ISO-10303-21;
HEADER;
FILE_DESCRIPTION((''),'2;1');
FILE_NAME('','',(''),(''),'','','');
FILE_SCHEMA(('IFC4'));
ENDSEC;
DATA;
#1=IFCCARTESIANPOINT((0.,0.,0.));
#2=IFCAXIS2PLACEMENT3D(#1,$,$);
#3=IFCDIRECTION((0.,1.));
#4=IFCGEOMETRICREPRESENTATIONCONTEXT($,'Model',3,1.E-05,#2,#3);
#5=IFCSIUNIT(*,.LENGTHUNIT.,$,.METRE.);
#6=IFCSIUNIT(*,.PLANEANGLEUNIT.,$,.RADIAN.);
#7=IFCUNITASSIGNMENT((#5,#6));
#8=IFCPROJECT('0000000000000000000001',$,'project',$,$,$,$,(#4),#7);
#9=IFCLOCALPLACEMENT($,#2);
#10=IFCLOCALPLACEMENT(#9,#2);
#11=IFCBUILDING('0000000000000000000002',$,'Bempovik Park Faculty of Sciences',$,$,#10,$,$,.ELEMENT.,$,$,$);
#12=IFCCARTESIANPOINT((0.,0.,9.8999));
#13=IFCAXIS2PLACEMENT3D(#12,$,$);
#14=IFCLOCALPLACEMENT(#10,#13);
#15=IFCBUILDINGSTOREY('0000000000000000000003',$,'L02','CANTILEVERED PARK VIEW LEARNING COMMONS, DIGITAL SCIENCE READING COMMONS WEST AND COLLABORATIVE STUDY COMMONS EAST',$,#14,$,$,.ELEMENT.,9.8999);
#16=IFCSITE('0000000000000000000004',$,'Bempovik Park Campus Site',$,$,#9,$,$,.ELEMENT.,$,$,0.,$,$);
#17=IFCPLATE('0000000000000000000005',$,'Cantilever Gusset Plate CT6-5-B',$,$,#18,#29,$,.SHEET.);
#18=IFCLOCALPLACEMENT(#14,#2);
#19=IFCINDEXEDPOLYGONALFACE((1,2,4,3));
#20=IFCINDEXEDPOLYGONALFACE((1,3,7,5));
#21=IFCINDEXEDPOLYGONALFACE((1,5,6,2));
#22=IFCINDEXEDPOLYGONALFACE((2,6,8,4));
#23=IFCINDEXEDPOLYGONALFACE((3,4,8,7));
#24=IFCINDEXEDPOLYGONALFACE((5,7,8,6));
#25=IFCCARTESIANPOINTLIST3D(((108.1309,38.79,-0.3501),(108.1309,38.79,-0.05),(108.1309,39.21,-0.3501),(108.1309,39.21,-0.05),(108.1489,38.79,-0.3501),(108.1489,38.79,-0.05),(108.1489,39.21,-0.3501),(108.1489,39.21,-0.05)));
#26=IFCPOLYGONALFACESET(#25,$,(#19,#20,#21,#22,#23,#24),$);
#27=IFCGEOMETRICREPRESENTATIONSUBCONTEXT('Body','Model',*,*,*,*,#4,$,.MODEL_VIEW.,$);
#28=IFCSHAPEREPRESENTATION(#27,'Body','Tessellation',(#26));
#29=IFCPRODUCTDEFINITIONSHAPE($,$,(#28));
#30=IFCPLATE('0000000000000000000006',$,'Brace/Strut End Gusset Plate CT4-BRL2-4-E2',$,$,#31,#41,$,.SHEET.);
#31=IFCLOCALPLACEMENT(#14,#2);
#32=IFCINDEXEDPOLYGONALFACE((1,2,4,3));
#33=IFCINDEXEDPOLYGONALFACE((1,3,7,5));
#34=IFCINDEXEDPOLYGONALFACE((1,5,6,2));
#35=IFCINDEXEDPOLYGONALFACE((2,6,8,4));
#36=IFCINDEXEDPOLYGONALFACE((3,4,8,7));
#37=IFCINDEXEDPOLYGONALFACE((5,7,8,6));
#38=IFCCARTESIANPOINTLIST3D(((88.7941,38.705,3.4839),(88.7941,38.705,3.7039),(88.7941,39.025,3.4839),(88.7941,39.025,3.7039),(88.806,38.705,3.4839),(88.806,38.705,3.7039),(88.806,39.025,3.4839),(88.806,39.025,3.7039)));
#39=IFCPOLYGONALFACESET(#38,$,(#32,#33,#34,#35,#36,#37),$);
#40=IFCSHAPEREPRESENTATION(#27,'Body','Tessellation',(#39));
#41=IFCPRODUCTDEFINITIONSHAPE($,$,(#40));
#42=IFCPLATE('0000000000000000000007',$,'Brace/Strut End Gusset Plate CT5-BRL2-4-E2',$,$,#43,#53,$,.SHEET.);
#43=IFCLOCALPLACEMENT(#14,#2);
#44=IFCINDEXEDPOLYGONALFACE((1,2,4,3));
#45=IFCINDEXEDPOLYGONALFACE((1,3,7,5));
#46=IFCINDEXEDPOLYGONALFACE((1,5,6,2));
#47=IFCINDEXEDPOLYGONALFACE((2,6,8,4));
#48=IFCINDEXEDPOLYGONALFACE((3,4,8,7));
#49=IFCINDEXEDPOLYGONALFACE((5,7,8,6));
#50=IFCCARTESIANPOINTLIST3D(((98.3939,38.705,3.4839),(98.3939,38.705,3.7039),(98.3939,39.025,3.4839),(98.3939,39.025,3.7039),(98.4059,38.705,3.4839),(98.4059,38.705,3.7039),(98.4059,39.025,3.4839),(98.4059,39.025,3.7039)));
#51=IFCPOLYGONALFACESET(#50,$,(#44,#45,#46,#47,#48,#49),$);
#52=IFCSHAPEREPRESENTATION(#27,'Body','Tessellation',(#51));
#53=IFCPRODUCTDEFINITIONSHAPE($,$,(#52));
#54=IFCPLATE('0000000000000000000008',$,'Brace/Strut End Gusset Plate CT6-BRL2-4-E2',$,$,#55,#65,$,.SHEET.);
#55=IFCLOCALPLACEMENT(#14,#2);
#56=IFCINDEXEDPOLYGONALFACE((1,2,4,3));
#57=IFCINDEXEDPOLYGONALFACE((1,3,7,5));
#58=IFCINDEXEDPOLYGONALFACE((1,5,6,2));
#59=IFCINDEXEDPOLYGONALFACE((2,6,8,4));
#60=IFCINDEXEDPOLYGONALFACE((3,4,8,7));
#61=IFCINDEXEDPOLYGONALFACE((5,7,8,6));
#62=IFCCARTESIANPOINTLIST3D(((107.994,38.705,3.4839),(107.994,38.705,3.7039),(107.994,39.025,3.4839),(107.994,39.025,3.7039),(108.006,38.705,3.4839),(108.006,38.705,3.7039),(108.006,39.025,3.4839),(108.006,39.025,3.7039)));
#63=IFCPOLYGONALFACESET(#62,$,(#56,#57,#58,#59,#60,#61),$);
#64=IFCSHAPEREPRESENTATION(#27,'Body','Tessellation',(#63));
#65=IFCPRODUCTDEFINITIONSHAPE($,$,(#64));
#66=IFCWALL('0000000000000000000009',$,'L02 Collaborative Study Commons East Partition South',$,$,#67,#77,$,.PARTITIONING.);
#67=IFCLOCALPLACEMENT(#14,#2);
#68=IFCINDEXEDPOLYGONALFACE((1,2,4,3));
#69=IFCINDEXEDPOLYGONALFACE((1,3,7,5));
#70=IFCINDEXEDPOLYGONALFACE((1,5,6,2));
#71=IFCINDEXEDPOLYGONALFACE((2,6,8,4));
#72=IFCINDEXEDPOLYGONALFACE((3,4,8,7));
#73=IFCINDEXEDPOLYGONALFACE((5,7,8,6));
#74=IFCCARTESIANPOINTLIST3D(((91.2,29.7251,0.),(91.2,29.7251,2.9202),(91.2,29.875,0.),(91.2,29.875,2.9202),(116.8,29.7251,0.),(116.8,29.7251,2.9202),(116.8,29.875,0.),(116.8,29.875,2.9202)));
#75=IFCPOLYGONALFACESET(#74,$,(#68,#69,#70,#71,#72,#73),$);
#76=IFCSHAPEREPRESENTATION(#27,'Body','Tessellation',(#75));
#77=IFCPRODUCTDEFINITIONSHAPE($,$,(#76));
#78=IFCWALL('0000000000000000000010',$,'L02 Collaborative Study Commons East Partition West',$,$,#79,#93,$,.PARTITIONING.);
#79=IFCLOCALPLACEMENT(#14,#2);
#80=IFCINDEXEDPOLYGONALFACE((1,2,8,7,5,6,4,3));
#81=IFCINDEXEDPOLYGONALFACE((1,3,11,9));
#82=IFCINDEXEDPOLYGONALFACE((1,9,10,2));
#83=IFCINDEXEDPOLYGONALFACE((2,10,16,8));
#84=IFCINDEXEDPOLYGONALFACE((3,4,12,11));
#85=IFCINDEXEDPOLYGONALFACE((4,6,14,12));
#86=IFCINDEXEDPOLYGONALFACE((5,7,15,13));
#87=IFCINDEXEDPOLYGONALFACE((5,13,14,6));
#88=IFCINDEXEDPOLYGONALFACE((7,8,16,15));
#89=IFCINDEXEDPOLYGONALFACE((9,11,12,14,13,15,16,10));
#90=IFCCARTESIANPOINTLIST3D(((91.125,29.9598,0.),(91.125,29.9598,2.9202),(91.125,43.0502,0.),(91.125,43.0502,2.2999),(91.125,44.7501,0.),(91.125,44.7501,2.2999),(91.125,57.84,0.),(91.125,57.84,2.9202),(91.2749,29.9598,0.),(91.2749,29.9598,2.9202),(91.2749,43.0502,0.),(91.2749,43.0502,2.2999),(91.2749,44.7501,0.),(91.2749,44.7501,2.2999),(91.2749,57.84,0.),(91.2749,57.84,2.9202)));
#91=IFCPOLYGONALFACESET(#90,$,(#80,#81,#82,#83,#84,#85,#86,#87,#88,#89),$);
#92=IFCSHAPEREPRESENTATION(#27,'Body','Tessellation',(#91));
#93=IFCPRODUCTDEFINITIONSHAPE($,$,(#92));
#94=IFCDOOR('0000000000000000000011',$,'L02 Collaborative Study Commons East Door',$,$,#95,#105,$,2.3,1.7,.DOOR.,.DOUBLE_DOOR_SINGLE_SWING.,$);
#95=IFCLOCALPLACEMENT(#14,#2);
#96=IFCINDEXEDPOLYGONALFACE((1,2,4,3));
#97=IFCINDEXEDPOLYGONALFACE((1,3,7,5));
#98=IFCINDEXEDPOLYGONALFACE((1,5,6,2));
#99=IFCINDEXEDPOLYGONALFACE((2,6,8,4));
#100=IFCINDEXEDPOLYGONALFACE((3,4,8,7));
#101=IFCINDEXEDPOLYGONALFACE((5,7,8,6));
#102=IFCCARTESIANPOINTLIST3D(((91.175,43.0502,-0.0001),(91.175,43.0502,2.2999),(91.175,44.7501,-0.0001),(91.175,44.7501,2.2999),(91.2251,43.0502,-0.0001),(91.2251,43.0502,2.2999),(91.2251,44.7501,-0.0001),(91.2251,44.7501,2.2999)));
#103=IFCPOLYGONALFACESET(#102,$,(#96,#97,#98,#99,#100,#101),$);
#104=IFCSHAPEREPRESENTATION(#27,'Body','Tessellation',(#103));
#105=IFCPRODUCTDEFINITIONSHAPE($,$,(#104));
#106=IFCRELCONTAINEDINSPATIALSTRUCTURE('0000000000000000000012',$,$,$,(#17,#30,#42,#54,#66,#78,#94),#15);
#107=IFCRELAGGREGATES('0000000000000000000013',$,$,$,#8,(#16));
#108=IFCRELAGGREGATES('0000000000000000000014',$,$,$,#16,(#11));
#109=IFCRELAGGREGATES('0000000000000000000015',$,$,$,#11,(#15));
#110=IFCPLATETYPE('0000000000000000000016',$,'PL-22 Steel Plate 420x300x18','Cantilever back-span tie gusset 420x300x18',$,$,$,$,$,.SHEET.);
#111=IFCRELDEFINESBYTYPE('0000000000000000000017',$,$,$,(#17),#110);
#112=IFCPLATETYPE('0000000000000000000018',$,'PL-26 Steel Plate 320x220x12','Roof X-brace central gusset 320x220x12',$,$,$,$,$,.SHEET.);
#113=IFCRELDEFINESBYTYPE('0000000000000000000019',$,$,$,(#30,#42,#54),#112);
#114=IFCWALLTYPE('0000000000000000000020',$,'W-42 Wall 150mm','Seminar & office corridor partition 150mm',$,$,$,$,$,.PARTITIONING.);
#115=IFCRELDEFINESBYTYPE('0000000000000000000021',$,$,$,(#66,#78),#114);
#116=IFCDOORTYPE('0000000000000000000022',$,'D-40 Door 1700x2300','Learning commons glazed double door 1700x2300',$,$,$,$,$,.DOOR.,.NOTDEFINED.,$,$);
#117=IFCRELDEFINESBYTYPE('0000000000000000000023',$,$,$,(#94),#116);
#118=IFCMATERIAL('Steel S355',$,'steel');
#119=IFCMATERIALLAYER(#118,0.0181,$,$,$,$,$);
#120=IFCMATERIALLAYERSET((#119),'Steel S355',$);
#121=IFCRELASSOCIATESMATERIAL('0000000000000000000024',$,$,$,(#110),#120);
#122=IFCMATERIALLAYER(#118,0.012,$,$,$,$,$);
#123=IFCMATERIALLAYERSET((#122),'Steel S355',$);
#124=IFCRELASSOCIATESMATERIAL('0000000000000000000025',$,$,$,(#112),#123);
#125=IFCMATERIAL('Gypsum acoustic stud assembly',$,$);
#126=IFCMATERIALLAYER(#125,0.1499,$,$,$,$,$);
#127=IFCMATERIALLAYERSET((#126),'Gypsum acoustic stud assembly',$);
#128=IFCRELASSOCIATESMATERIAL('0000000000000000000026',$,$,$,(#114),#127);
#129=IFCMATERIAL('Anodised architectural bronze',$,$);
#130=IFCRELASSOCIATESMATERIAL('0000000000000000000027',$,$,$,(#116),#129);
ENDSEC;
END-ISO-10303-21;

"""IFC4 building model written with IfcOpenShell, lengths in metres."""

from ifc_helpers import new_model, si_unit, direction, frame, frame_2d, origin, origin_2d, place, context, subcontext, project, spatial, rectangle, extrude, material, layer, layer_set, type_object, element, fill, save


model = new_model("IFC4")

# Units and contexts
model_context = context("Model", 3, precision=1e-05, world=origin(), true_north=direction((0.0, 1.0)))
body_context = subcontext(model_context, "Body", "Model", "MODEL_VIEW")
ifc_project = project(units=[si_unit("LENGTHUNIT", "METRE"), si_unit("PLANEANGLEUNIT", "RADIAN")], contexts=[model_context])

# Site, building, storey
site_placement = place(None, origin())
site = spatial("IfcSite", under=ifc_project, at=site_placement, Name="Bempovik Park Campus Site", CompositionType="ELEMENT", RefElevation=0.0)
building_placement = place(site_placement, origin())
building = spatial("IfcBuilding", under=site, at=building_placement, Name="Bempovik Park Faculty of Sciences", CompositionType="ELEMENT")
storey_placement = place(building_placement, frame((0.0, 0.0, 9.8999)))
storey = spatial("IfcBuildingStorey", under=building, at=storey_placement, Name="L02", Description="CANTILEVERED PARK VIEW LEARNING COMMONS, DIGITAL SCIENCE READING COMMONS WEST AND COLLABORATIVE STUDY COMMONS EAST", CompositionType="ELEMENT", Elevation=9.8999)

# Shared definitions
ifc_material_1 = material(Name="Steel S355", Category="steel")

# Plates
ifc_layer_1 = layer(ifc_material_1, 0.0181)
ifc_layer_set_1 = layer_set([ifc_layer_1], Name="Steel S355")
plate_type_1 = type_object("IfcPlateType", Name="PL-22 Steel Plate 420x300x18", Description="Cantilever back-span tie gusset 420x300x18", PredefinedType="SHEET", material=ifc_layer_set_1)
for number, where, z_axis, x_axis, name in (
    (1, (108.1399, 39.0, -0.3501), (0.0, 0.0, 1.0), (1.0, 0.0, 0.0), "Cantilever Gusset Plate CT6-5-B"),
):
    element("IfcPlate", number, at=place(storey_placement, frame(where, z_axis=z_axis, x_axis=x_axis)), inside=storey, type_object=plate_type_1, Name=name, PredefinedType="SHEET", context=body_context, shape_type="SweptSolid", body=[
        extrude(rectangle(XDim=0.0181, YDim=0.4199, at=origin_2d()), origin(), (0.0, 0.0, 1.0), 0.3),
    ])
ifc_layer_2 = layer(ifc_material_1, 0.012)
ifc_layer_set_2 = layer_set([ifc_layer_2], Name="Steel S355")
plate_type_2 = type_object("IfcPlateType", Name="PL-26 Steel Plate 320x220x12", Description="Roof X-brace central gusset 320x220x12", PredefinedType="SHEET", material=ifc_layer_set_2)
for number, where, z_axis, x_axis, name in (
    (2, (88.8, 38.865, 3.4839), (0.0, 0.0, 1.0), (1.0, 0.0, 0.0), "Brace/Strut End Gusset Plate CT4-BRL2-4-E2"),
    (3, (98.3999, 38.865, 3.4839), (0.0, 0.0, 1.0), (1.0, 0.0, 0.0), "Brace/Strut End Gusset Plate CT5-BRL2-4-E2"),
    (4, (108.0, 38.865, 3.4839), (0.0, 0.0, 1.0), (1.0, 0.0, 0.0), "Brace/Strut End Gusset Plate CT6-BRL2-4-E2"),
):
    element("IfcPlate", number, at=place(storey_placement, frame(where, z_axis=z_axis, x_axis=x_axis)), inside=storey, type_object=plate_type_2, Name=name, PredefinedType="SHEET", context=body_context, shape_type="SweptSolid", body=[
        extrude(rectangle(XDim=0.012, YDim=0.3201, at=origin_2d()), origin(), (0.0, 0.0, 1.0), 0.22),
    ])

# Wall
ifc_material_2 = material(Name="Gypsum acoustic stud assembly")
ifc_layer_3 = layer(ifc_material_2, 0.1499)
ifc_layer_set_3 = layer_set([ifc_layer_3], Name="Gypsum acoustic stud assembly")
wall_type = type_object("IfcWallType", Name="W-42 Wall 150mm", Description="Seminar & office corridor partition 150mm", PredefinedType="PARTITIONING", material=ifc_layer_set_3)
wall_1_placement = place(storey_placement, frame((91.2, 29.8, 0.0), z_axis=(0.0, 0.0, 1.0), x_axis=(1.0, 0.0, 0.0)))
element("IfcWall", 5, at=wall_1_placement, inside=storey, type_object=wall_type, Name="L02 Collaborative Study Commons East Partition South", PredefinedType="PARTITIONING", context=body_context, shape_type="SweptSolid", body=[
    extrude(rectangle(XDim=25.6001, YDim=0.1499, at=frame_2d((12.8, 0.0))), origin(), (0.0, 0.0, 1.0), 2.9202),
])

# Wall, opening, door
wall_2_placement = place(storey_placement, frame((91.2, 29.96, 0.0), z_axis=(0.0, 0.0, 1.0), x_axis=(0.0, 1.0, 0.0)))
wall_2 = element("IfcWall", 6, at=wall_2_placement, inside=storey, type_object=wall_type, Name="L02 Collaborative Study Commons East Partition West", PredefinedType="PARTITIONING", context=body_context, shape_type="SweptSolid", body=[
    extrude(rectangle(XDim=27.8801, YDim=0.1499, at=frame_2d((13.9399, 0.0))), origin(), (0.0, 0.0, 1.0), 2.9202),
])
opening_placement = place(wall_2_placement, frame((13.0901, 0.0, 0.0)))
opening = element("IfcOpeningElement", 7, at=opening_placement, cuts=wall_2, PredefinedType="OPENING", context=body_context, shape_type="SweptSolid", body=[
    extrude(rectangle(XDim=1.7, YDim=2.3, at=frame_2d((0.8501, 1.1499))), frame((0.0, 0.085, 0.0), z_axis=(0.0, -1.0, 0.0), x_axis=(1.0, 0.0, 0.0)), (0.0, 0.0, 1.0), 0.1699),
])
ifc_material_3 = material(Name="Anodised architectural bronze")
door_type = type_object("IfcDoorType", Name="D-40 Door 1700x2300", Description="Learning commons glazed double door 1700x2300", OperationType="NOTDEFINED", PredefinedType="DOOR", material=ifc_material_3)
door_placement = place(opening_placement, origin())
door = element("IfcDoor", 8, at=door_placement, inside=storey, type_object=door_type, Name="L02 Collaborative Study Commons East Door", OperationType="DOUBLE_DOOR_SINGLE_SWING", OverallHeight=2.3, OverallWidth=1.7, PredefinedType="DOOR", context=body_context, shape_type="SweptSolid", body=[
    extrude(rectangle(XDim=1.7, YDim=2.3, at=frame_2d((0.8501, 1.1499))), frame((0.0, 0.0249, 0.0), z_axis=(0.0, -1.0, 0.0), x_axis=(1.0, 0.0, 0.0)), (0.0, 0.0, 1.0), 0.05),
])
fill(opening, door)

save(model, "model.ifc")
